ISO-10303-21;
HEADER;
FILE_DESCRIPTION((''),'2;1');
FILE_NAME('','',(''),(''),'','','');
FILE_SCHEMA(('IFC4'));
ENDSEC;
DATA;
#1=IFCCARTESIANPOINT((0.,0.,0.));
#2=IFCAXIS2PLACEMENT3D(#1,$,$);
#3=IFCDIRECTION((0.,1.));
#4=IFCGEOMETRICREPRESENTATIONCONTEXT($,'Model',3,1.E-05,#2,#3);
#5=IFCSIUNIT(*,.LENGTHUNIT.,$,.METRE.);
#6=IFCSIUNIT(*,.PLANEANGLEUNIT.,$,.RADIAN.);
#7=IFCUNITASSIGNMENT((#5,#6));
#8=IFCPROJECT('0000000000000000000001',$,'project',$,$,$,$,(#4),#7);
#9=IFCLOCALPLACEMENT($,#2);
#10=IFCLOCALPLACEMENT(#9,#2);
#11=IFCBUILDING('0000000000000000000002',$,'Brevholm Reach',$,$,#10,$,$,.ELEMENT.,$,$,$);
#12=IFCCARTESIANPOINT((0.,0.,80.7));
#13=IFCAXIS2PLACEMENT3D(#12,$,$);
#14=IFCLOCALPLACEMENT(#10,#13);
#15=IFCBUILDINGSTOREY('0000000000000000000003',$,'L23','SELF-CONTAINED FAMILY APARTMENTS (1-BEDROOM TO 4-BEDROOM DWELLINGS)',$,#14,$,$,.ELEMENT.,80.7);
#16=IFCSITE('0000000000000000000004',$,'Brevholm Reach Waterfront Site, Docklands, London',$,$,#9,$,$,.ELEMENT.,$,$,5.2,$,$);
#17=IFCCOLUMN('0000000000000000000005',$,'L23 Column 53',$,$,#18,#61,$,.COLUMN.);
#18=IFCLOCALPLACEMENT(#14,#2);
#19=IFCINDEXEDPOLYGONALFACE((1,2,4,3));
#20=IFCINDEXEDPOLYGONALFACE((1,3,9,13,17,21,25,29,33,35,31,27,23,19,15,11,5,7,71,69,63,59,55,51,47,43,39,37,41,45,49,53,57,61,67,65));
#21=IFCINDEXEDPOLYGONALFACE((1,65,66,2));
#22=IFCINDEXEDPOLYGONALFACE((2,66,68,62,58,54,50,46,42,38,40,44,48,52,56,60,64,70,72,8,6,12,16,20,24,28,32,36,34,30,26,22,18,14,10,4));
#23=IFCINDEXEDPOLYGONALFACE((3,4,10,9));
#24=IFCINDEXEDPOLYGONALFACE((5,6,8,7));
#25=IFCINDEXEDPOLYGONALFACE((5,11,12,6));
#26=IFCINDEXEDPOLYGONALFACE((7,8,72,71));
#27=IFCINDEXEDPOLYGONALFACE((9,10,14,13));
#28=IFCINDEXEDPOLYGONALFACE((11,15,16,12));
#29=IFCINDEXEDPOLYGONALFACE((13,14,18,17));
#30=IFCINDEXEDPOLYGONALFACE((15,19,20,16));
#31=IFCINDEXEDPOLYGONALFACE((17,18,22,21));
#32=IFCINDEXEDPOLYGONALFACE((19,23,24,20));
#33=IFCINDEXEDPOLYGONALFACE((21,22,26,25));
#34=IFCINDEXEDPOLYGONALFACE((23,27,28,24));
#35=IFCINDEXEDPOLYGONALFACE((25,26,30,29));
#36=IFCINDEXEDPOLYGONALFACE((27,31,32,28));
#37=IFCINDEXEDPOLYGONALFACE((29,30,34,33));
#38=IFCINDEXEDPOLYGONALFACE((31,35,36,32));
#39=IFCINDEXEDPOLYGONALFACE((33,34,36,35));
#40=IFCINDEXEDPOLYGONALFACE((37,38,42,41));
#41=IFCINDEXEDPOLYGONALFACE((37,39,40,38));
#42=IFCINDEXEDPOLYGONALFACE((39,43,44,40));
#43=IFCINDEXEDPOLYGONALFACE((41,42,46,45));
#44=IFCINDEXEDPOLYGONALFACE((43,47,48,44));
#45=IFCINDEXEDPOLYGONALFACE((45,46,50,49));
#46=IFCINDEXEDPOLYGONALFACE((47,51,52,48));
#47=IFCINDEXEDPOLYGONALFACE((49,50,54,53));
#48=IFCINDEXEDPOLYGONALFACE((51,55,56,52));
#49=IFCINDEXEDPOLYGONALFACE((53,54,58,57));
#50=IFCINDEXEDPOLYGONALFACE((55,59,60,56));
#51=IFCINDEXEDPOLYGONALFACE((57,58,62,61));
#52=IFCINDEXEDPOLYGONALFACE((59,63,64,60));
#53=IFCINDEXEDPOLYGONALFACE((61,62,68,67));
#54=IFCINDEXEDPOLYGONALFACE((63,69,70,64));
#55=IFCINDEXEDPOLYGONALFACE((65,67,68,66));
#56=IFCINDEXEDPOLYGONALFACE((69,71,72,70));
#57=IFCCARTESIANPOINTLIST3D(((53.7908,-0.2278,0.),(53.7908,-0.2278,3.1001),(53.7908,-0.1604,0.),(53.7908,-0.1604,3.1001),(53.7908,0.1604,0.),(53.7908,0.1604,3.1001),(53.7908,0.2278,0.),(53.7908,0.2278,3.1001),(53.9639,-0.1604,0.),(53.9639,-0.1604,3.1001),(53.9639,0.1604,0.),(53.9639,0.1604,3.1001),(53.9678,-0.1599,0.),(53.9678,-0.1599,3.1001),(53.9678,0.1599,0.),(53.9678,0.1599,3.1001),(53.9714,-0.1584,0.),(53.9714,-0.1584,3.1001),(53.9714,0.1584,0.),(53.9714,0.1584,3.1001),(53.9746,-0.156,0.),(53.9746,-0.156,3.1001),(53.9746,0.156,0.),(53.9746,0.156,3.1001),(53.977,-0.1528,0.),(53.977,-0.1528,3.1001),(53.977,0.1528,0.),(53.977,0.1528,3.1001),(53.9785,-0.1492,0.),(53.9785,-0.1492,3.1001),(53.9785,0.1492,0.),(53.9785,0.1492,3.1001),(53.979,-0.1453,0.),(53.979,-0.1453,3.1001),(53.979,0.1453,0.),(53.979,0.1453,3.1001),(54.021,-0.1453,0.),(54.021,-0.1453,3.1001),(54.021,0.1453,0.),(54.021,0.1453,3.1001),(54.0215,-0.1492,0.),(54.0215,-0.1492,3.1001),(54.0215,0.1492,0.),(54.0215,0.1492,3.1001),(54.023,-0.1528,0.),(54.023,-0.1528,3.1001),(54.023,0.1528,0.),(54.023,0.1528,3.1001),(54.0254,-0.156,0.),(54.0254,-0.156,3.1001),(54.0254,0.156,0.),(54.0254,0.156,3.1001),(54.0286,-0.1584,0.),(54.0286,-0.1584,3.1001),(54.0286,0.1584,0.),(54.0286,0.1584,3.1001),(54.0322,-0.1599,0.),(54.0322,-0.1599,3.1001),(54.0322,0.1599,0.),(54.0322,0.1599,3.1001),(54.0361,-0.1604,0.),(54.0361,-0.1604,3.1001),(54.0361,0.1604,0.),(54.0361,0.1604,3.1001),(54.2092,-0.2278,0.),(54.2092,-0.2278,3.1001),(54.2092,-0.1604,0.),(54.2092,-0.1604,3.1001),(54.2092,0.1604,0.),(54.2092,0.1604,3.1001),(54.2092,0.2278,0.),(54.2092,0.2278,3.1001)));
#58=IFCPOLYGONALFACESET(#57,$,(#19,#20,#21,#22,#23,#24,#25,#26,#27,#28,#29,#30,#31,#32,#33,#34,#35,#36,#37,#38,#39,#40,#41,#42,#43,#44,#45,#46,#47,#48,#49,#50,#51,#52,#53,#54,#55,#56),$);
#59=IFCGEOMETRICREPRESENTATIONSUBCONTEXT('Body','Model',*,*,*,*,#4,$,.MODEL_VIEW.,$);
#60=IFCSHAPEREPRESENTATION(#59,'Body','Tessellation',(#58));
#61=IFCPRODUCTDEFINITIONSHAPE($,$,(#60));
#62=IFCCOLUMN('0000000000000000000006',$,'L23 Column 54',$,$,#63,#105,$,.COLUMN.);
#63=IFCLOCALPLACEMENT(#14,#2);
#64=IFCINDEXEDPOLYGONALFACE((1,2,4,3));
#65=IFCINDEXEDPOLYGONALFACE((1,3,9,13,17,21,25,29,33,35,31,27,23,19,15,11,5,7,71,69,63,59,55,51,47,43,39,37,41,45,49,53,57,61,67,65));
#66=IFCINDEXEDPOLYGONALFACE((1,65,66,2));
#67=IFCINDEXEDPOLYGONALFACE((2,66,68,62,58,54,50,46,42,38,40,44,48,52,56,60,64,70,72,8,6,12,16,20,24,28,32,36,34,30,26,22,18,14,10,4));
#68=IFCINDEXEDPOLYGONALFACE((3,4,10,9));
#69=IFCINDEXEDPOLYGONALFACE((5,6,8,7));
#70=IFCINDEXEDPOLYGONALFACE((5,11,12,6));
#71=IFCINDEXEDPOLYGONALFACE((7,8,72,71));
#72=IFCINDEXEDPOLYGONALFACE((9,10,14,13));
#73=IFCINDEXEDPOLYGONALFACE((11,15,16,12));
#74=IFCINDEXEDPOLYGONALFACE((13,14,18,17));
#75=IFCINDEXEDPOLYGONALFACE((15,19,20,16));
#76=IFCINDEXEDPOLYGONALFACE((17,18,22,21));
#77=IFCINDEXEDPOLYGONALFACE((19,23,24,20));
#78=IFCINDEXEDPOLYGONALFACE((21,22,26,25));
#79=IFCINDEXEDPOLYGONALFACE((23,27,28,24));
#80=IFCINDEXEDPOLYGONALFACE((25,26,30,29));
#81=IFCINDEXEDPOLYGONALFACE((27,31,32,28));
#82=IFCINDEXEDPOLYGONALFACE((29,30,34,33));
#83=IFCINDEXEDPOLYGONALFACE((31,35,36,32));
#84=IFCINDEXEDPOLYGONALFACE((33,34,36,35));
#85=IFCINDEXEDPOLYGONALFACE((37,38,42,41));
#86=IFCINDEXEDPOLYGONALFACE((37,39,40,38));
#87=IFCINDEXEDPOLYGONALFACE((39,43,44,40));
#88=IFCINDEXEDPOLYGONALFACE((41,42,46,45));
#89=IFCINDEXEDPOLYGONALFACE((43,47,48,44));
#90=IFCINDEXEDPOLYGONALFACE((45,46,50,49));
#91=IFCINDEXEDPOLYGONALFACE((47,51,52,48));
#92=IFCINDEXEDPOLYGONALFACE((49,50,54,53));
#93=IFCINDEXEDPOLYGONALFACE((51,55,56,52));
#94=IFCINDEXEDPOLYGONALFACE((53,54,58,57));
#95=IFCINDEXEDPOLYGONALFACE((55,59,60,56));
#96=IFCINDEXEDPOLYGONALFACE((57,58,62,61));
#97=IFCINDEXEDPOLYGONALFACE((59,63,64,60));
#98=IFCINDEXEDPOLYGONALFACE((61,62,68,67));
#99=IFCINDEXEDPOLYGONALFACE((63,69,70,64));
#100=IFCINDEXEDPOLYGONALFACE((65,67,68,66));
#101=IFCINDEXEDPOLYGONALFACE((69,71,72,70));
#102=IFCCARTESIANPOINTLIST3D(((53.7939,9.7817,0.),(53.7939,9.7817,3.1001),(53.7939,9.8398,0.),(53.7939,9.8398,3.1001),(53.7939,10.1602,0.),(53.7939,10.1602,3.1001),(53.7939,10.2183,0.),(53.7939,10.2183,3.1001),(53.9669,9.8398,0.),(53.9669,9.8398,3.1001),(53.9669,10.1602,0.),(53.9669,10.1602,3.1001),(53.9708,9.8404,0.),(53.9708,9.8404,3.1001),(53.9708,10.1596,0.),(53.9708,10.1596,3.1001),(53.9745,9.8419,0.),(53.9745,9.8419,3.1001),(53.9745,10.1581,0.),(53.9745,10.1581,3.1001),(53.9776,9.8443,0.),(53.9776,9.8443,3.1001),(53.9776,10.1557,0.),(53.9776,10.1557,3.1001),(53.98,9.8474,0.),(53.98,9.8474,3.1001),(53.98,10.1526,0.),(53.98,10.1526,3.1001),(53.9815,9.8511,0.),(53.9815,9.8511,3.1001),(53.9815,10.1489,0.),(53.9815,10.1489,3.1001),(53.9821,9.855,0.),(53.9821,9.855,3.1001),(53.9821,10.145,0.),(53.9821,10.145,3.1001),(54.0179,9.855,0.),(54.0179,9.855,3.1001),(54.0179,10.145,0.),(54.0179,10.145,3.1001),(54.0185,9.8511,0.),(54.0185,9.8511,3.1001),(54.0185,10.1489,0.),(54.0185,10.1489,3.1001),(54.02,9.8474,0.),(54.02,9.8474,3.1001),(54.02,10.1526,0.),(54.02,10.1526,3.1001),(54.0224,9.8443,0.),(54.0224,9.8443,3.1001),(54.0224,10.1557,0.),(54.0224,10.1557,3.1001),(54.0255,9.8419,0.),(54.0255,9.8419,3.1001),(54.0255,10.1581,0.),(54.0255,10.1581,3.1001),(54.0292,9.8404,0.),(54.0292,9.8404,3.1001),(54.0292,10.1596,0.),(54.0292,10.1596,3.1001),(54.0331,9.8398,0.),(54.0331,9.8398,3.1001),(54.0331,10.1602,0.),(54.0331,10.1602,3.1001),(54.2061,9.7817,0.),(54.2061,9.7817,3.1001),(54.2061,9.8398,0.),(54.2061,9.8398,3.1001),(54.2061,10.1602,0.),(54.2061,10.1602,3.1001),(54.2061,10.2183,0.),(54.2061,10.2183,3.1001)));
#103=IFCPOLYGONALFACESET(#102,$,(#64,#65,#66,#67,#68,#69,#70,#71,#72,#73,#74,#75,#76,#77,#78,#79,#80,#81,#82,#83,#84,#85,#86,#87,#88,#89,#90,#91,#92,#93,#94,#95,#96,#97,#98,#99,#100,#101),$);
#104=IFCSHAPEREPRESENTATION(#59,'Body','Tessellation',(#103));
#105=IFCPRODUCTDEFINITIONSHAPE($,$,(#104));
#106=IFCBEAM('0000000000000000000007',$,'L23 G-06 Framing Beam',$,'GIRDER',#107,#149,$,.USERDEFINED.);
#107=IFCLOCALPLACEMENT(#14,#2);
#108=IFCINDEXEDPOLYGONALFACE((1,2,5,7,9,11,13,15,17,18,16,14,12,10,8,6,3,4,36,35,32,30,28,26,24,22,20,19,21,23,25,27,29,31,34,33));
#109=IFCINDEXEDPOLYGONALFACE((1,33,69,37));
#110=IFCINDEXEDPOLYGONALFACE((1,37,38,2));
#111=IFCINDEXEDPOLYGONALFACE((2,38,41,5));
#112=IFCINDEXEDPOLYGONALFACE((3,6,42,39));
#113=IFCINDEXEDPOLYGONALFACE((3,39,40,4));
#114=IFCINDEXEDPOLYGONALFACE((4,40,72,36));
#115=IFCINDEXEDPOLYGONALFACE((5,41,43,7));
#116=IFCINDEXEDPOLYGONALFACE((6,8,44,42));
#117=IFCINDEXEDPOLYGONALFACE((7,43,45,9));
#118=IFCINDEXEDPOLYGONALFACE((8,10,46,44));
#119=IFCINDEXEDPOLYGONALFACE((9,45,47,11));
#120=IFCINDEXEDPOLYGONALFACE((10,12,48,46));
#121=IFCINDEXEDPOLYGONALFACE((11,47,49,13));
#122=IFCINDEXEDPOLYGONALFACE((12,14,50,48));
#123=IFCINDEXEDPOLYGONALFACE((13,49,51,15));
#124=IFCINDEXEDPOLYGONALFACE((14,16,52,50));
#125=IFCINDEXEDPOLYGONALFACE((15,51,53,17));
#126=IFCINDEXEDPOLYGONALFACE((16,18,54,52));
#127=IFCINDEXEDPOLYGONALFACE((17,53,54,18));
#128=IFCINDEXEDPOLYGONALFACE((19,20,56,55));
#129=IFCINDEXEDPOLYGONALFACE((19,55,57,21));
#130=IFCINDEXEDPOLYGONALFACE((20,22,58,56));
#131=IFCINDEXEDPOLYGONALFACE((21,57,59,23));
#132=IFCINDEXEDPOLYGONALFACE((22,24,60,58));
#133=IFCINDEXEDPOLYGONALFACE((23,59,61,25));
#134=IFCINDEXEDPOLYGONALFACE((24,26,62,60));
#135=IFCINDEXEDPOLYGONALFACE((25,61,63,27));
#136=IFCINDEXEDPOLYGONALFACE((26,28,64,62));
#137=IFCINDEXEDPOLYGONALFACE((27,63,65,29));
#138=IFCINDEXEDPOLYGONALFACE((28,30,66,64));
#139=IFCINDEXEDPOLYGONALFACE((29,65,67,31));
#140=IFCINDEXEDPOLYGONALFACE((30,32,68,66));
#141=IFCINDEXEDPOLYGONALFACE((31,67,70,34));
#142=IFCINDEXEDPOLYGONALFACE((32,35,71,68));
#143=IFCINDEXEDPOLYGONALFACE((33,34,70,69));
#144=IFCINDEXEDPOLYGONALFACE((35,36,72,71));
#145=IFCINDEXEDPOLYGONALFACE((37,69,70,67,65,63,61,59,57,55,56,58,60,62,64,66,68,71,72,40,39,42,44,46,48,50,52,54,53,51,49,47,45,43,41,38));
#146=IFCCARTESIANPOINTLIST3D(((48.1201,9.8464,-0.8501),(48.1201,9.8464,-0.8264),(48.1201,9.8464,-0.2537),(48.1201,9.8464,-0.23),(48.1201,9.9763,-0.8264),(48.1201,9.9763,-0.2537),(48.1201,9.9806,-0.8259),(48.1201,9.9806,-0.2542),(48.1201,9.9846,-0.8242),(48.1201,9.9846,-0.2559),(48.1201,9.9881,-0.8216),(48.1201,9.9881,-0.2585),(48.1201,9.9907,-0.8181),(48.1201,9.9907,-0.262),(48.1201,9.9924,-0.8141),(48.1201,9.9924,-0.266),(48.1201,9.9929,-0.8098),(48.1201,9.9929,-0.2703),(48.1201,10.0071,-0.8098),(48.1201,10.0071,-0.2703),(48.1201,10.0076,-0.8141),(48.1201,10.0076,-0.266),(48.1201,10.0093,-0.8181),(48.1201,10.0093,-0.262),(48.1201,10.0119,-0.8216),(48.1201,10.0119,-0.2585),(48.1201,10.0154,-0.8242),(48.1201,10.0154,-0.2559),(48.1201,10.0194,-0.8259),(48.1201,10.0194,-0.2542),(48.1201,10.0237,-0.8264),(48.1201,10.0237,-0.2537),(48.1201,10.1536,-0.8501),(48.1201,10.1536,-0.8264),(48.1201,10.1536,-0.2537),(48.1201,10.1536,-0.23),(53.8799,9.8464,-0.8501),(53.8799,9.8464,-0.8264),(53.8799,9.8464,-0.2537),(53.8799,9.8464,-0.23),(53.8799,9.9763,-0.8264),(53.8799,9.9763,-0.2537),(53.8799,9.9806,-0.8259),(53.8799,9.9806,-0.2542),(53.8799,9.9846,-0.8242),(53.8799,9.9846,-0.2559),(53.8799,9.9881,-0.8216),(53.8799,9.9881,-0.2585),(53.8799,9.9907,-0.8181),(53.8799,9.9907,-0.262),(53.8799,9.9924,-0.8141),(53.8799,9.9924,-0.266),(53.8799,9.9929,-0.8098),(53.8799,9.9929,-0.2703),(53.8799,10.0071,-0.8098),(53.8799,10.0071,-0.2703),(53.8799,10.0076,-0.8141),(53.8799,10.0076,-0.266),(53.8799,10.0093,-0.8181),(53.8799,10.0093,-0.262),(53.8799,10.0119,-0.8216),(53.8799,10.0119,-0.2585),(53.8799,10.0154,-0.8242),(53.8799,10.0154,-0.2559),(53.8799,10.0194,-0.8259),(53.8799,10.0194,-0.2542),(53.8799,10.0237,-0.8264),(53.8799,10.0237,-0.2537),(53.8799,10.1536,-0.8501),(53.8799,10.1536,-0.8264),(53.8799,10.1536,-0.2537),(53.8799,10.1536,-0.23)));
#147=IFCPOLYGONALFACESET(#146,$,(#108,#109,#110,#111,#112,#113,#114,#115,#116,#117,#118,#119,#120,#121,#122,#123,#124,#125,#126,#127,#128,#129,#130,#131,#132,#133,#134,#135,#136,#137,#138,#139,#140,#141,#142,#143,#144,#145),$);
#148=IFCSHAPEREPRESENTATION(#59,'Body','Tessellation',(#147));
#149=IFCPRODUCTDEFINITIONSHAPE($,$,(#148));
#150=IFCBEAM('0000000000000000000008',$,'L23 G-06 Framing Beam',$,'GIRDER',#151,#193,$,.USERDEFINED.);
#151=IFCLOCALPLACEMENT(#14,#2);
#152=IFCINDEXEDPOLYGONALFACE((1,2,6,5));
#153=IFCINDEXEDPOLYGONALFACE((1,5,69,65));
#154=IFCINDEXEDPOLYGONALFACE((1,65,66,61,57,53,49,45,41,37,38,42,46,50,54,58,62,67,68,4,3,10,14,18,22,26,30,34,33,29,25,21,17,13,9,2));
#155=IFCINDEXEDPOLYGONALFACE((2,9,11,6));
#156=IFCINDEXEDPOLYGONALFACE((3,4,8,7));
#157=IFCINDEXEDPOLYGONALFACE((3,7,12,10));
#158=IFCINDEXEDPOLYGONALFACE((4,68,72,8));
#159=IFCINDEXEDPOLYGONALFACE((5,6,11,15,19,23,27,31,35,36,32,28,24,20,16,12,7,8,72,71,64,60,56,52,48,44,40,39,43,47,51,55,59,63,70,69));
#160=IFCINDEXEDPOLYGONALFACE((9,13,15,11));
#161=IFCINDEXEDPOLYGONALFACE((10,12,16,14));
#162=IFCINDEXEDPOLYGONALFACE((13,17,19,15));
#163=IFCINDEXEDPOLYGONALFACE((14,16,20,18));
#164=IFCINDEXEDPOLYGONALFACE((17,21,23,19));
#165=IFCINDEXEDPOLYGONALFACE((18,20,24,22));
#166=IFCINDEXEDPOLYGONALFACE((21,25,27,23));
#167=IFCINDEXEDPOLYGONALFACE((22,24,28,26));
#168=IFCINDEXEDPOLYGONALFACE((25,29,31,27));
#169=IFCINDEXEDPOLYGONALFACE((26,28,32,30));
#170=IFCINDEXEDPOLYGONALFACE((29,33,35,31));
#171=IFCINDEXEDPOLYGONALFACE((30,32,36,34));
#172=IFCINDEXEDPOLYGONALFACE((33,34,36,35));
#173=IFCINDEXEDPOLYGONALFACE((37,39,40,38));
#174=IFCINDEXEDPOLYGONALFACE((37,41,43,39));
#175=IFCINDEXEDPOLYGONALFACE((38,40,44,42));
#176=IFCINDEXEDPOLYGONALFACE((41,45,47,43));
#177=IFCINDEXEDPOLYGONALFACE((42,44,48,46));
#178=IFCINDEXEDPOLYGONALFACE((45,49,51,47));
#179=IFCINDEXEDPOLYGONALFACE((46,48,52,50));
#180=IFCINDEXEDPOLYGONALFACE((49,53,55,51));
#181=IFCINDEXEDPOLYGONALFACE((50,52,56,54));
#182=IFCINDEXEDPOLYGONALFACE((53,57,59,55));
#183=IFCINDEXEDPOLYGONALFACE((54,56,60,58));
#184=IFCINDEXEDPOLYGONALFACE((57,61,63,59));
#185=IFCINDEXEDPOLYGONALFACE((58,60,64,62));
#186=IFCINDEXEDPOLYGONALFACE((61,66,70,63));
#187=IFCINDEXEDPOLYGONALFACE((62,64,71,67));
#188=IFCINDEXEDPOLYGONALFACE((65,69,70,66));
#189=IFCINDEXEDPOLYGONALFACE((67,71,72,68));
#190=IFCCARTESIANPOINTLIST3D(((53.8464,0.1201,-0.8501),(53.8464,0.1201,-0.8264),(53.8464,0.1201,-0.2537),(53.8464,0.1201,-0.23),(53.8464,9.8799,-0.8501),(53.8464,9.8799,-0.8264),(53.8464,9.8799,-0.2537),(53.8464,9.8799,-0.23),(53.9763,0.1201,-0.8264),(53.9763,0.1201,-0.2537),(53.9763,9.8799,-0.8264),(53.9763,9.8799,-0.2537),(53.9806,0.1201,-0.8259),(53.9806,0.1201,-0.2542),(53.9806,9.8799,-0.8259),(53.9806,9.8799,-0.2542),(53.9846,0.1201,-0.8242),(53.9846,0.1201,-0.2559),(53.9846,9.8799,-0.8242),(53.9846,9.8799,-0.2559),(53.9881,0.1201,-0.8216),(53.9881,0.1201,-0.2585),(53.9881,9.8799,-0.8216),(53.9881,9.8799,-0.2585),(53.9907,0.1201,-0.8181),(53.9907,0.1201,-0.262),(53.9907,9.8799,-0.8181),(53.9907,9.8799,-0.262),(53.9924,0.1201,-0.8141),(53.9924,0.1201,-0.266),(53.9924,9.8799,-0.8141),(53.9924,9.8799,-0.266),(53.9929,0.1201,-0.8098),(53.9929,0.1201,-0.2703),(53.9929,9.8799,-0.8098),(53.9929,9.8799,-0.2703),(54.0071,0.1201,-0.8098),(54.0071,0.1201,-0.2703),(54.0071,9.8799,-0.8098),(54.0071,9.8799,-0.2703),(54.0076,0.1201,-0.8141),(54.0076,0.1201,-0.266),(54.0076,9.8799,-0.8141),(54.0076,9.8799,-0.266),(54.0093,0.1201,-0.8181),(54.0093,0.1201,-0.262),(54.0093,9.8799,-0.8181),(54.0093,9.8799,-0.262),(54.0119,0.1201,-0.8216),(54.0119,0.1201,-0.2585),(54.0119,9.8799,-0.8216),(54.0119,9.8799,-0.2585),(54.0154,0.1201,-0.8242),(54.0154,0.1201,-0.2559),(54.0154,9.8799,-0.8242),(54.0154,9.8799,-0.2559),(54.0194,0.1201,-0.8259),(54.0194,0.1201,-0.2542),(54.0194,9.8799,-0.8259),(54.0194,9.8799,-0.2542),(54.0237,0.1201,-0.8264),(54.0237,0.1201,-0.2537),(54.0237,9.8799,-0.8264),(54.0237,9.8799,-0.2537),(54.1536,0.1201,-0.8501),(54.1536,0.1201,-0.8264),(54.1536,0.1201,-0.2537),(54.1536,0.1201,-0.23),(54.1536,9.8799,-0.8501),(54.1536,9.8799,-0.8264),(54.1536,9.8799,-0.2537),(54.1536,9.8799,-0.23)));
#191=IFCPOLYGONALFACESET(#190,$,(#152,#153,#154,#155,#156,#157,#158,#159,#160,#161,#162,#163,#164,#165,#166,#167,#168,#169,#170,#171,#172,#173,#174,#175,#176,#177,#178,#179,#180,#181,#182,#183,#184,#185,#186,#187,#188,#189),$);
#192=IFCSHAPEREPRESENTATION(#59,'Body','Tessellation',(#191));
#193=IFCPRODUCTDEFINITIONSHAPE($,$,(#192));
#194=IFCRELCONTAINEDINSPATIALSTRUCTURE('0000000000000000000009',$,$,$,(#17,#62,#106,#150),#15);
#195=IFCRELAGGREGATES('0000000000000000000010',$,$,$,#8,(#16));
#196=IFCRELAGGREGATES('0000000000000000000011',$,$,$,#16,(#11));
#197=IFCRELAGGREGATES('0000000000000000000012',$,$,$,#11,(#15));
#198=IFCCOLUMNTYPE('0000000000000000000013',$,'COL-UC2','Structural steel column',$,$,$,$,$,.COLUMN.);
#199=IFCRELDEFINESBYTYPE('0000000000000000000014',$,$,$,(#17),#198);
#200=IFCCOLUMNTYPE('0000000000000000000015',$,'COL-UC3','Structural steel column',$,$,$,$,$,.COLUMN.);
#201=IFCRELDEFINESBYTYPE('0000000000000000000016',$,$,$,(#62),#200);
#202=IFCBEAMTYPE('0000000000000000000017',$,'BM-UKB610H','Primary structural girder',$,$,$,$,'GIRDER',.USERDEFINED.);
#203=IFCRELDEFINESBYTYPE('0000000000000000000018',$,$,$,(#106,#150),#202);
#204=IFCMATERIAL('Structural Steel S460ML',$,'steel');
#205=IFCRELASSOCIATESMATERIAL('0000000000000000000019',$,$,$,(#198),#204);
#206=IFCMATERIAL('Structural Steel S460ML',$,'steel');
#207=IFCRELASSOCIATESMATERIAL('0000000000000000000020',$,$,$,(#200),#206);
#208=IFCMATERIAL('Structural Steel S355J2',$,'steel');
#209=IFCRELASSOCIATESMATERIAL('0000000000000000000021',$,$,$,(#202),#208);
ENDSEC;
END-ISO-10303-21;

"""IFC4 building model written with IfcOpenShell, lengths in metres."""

from ifc_helpers import new_model, si_unit, direction, frame, origin, origin_2d, place, context, subcontext, project, spatial, i_section, extrude, material, material_profile, profile_set, type_object, element, save


model = new_model("IFC4")

# Units and contexts
model_context = context("Model", 3, precision=1e-05, world=origin(), true_north=direction((0.0, 1.0)))
body_context = subcontext(model_context, "Body", "Model", "MODEL_VIEW")
ifc_project = project(units=[si_unit("LENGTHUNIT", "METRE"), si_unit("PLANEANGLEUNIT", "RADIAN")], contexts=[model_context])

# Site, building, storey
site_placement = place(None, origin())
site = spatial("IfcSite", under=ifc_project, at=site_placement, Name="Brevholm Reach Waterfront Site, Docklands, London", CompositionType="ELEMENT", RefElevation=5.2)
building_placement = place(site_placement, origin())
building = spatial("IfcBuilding", under=site, at=building_placement, Name="Brevholm Reach", CompositionType="ELEMENT")
storey_placement = place(building_placement, frame((0.0, 0.0, 80.7)))
storey = spatial("IfcBuildingStorey", under=building, at=storey_placement, Name="L23", Description="SELF-CONTAINED FAMILY APARTMENTS (1-BEDROOM TO 4-BEDROOM DWELLINGS)", CompositionType="ELEMENT", Elevation=80.7)

# Columns
ifc_material_1 = material(Name="Structural Steel S460ML", Category="steel")
ifc_material_profile_1 = material_profile(ifc_material_1, i_section(OverallWidth=0.4185, OverallDepth=0.4556, WebThickness=0.042, FlangeThickness=0.0674, FilletRadius=0.0151, at=origin_2d()), Name="UKC 356x406x551")
ifc_profile_set_1 = profile_set([ifc_material_profile_1], Name="Structural Steel S460ML")
column_type_1 = type_object("IfcColumnType", Name="COL-UC2", Description="Structural steel column", PredefinedType="COLUMN", material=ifc_profile_set_1)
column_1_placement = place(storey_placement, frame((54.0, 0.0, 0.0), z_axis=(0.0, 0.0, 1.0), x_axis=(1.0, 0.0, 0.0)))
element("IfcColumn", 1, at=column_1_placement, inside=storey, type_object=column_type_1, Name="L23 Column 53", PredefinedType="COLUMN", context=body_context, shape_type="SweptSolid", body=[
    extrude(i_section(OverallWidth=0.4185, OverallDepth=0.4556, WebThickness=0.042, FlangeThickness=0.0674, FilletRadius=0.0151, at=origin_2d()), origin(), (0.0, 0.0, 1.0), 3.1001),
])
ifc_material_2 = material(Name="Structural Steel S460ML", Category="steel")
ifc_material_profile_2 = material_profile(ifc_material_2, i_section(OverallWidth=0.4121, OverallDepth=0.4365, WebThickness=0.0359, FlangeThickness=0.0581, FilletRadius=0.0151, at=origin_2d()), Name="UKC 356x406x467")
ifc_profile_set_2 = profile_set([ifc_material_profile_2], Name="Structural Steel S460ML")
column_type_2 = type_object("IfcColumnType", Name="COL-UC3", Description="Structural steel column", PredefinedType="COLUMN", material=ifc_profile_set_2)
column_2_placement = place(storey_placement, frame((54.0, 10.0, 0.0), z_axis=(0.0, 0.0, 1.0), x_axis=(1.0, 0.0, 0.0)))
element("IfcColumn", 2, at=column_2_placement, inside=storey, type_object=column_type_2, Name="L23 Column 54", PredefinedType="COLUMN", context=body_context, shape_type="SweptSolid", body=[
    extrude(i_section(OverallWidth=0.4121, OverallDepth=0.4365, WebThickness=0.0359, FlangeThickness=0.0581, FilletRadius=0.0151, at=origin_2d()), origin(), (0.0, 0.0, 1.0), 3.1001),
])

# Beams
ifc_material_3 = material(Name="Structural Steel S355J2", Category="steel")
ifc_material_profile_3 = material_profile(ifc_material_3, i_section(OverallWidth=0.3071, OverallDepth=0.6201, WebThickness=0.0142, FlangeThickness=0.0237, FilletRadius=0.0166, at=origin_2d()), Name="UKB 610x305x179")
ifc_profile_set_3 = profile_set([ifc_material_profile_3], Name="Structural Steel S355J2")
beam_type = type_object("IfcBeamType", Name="BM-UKB610H", Description="Primary structural girder", ElementType="GIRDER", PredefinedType="USERDEFINED", material=ifc_profile_set_3)
beam_1_placement = place(storey_placement, frame((48.1201, 10.0, -0.54), z_axis=(1.0, 0.0, 0.0), x_axis=(0.0, 1.0, 0.0)))
element("IfcBeam", 3, at=beam_1_placement, inside=storey, type_object=beam_type, Name="L23 G-06 Framing Beam", ObjectType="GIRDER", PredefinedType="USERDEFINED", context=body_context, shape_type="SweptSolid", body=[
    extrude(i_section(OverallWidth=0.3071, OverallDepth=0.6201, WebThickness=0.0142, FlangeThickness=0.0237, FilletRadius=0.0166, at=origin_2d()), origin(), (0.0, 0.0, 1.0), 5.7598),
])
beam_2_placement = place(storey_placement, frame((54.0, 0.1201, -0.54), z_axis=(0.0, 1.0, 0.0), x_axis=(-1.0, 0.0, 0.0)))
element("IfcBeam", 4, at=beam_2_placement, inside=storey, type_object=beam_type, Name="L23 G-06 Framing Beam", ObjectType="GIRDER", PredefinedType="USERDEFINED", context=body_context, shape_type="SweptSolid", body=[
    extrude(i_section(OverallWidth=0.3071, OverallDepth=0.6201, WebThickness=0.0142, FlangeThickness=0.0237, FilletRadius=0.0166, at=origin_2d()), origin(), (0.0, 0.0, 1.0), 9.7598),
])

save(model, "model.ifc")
